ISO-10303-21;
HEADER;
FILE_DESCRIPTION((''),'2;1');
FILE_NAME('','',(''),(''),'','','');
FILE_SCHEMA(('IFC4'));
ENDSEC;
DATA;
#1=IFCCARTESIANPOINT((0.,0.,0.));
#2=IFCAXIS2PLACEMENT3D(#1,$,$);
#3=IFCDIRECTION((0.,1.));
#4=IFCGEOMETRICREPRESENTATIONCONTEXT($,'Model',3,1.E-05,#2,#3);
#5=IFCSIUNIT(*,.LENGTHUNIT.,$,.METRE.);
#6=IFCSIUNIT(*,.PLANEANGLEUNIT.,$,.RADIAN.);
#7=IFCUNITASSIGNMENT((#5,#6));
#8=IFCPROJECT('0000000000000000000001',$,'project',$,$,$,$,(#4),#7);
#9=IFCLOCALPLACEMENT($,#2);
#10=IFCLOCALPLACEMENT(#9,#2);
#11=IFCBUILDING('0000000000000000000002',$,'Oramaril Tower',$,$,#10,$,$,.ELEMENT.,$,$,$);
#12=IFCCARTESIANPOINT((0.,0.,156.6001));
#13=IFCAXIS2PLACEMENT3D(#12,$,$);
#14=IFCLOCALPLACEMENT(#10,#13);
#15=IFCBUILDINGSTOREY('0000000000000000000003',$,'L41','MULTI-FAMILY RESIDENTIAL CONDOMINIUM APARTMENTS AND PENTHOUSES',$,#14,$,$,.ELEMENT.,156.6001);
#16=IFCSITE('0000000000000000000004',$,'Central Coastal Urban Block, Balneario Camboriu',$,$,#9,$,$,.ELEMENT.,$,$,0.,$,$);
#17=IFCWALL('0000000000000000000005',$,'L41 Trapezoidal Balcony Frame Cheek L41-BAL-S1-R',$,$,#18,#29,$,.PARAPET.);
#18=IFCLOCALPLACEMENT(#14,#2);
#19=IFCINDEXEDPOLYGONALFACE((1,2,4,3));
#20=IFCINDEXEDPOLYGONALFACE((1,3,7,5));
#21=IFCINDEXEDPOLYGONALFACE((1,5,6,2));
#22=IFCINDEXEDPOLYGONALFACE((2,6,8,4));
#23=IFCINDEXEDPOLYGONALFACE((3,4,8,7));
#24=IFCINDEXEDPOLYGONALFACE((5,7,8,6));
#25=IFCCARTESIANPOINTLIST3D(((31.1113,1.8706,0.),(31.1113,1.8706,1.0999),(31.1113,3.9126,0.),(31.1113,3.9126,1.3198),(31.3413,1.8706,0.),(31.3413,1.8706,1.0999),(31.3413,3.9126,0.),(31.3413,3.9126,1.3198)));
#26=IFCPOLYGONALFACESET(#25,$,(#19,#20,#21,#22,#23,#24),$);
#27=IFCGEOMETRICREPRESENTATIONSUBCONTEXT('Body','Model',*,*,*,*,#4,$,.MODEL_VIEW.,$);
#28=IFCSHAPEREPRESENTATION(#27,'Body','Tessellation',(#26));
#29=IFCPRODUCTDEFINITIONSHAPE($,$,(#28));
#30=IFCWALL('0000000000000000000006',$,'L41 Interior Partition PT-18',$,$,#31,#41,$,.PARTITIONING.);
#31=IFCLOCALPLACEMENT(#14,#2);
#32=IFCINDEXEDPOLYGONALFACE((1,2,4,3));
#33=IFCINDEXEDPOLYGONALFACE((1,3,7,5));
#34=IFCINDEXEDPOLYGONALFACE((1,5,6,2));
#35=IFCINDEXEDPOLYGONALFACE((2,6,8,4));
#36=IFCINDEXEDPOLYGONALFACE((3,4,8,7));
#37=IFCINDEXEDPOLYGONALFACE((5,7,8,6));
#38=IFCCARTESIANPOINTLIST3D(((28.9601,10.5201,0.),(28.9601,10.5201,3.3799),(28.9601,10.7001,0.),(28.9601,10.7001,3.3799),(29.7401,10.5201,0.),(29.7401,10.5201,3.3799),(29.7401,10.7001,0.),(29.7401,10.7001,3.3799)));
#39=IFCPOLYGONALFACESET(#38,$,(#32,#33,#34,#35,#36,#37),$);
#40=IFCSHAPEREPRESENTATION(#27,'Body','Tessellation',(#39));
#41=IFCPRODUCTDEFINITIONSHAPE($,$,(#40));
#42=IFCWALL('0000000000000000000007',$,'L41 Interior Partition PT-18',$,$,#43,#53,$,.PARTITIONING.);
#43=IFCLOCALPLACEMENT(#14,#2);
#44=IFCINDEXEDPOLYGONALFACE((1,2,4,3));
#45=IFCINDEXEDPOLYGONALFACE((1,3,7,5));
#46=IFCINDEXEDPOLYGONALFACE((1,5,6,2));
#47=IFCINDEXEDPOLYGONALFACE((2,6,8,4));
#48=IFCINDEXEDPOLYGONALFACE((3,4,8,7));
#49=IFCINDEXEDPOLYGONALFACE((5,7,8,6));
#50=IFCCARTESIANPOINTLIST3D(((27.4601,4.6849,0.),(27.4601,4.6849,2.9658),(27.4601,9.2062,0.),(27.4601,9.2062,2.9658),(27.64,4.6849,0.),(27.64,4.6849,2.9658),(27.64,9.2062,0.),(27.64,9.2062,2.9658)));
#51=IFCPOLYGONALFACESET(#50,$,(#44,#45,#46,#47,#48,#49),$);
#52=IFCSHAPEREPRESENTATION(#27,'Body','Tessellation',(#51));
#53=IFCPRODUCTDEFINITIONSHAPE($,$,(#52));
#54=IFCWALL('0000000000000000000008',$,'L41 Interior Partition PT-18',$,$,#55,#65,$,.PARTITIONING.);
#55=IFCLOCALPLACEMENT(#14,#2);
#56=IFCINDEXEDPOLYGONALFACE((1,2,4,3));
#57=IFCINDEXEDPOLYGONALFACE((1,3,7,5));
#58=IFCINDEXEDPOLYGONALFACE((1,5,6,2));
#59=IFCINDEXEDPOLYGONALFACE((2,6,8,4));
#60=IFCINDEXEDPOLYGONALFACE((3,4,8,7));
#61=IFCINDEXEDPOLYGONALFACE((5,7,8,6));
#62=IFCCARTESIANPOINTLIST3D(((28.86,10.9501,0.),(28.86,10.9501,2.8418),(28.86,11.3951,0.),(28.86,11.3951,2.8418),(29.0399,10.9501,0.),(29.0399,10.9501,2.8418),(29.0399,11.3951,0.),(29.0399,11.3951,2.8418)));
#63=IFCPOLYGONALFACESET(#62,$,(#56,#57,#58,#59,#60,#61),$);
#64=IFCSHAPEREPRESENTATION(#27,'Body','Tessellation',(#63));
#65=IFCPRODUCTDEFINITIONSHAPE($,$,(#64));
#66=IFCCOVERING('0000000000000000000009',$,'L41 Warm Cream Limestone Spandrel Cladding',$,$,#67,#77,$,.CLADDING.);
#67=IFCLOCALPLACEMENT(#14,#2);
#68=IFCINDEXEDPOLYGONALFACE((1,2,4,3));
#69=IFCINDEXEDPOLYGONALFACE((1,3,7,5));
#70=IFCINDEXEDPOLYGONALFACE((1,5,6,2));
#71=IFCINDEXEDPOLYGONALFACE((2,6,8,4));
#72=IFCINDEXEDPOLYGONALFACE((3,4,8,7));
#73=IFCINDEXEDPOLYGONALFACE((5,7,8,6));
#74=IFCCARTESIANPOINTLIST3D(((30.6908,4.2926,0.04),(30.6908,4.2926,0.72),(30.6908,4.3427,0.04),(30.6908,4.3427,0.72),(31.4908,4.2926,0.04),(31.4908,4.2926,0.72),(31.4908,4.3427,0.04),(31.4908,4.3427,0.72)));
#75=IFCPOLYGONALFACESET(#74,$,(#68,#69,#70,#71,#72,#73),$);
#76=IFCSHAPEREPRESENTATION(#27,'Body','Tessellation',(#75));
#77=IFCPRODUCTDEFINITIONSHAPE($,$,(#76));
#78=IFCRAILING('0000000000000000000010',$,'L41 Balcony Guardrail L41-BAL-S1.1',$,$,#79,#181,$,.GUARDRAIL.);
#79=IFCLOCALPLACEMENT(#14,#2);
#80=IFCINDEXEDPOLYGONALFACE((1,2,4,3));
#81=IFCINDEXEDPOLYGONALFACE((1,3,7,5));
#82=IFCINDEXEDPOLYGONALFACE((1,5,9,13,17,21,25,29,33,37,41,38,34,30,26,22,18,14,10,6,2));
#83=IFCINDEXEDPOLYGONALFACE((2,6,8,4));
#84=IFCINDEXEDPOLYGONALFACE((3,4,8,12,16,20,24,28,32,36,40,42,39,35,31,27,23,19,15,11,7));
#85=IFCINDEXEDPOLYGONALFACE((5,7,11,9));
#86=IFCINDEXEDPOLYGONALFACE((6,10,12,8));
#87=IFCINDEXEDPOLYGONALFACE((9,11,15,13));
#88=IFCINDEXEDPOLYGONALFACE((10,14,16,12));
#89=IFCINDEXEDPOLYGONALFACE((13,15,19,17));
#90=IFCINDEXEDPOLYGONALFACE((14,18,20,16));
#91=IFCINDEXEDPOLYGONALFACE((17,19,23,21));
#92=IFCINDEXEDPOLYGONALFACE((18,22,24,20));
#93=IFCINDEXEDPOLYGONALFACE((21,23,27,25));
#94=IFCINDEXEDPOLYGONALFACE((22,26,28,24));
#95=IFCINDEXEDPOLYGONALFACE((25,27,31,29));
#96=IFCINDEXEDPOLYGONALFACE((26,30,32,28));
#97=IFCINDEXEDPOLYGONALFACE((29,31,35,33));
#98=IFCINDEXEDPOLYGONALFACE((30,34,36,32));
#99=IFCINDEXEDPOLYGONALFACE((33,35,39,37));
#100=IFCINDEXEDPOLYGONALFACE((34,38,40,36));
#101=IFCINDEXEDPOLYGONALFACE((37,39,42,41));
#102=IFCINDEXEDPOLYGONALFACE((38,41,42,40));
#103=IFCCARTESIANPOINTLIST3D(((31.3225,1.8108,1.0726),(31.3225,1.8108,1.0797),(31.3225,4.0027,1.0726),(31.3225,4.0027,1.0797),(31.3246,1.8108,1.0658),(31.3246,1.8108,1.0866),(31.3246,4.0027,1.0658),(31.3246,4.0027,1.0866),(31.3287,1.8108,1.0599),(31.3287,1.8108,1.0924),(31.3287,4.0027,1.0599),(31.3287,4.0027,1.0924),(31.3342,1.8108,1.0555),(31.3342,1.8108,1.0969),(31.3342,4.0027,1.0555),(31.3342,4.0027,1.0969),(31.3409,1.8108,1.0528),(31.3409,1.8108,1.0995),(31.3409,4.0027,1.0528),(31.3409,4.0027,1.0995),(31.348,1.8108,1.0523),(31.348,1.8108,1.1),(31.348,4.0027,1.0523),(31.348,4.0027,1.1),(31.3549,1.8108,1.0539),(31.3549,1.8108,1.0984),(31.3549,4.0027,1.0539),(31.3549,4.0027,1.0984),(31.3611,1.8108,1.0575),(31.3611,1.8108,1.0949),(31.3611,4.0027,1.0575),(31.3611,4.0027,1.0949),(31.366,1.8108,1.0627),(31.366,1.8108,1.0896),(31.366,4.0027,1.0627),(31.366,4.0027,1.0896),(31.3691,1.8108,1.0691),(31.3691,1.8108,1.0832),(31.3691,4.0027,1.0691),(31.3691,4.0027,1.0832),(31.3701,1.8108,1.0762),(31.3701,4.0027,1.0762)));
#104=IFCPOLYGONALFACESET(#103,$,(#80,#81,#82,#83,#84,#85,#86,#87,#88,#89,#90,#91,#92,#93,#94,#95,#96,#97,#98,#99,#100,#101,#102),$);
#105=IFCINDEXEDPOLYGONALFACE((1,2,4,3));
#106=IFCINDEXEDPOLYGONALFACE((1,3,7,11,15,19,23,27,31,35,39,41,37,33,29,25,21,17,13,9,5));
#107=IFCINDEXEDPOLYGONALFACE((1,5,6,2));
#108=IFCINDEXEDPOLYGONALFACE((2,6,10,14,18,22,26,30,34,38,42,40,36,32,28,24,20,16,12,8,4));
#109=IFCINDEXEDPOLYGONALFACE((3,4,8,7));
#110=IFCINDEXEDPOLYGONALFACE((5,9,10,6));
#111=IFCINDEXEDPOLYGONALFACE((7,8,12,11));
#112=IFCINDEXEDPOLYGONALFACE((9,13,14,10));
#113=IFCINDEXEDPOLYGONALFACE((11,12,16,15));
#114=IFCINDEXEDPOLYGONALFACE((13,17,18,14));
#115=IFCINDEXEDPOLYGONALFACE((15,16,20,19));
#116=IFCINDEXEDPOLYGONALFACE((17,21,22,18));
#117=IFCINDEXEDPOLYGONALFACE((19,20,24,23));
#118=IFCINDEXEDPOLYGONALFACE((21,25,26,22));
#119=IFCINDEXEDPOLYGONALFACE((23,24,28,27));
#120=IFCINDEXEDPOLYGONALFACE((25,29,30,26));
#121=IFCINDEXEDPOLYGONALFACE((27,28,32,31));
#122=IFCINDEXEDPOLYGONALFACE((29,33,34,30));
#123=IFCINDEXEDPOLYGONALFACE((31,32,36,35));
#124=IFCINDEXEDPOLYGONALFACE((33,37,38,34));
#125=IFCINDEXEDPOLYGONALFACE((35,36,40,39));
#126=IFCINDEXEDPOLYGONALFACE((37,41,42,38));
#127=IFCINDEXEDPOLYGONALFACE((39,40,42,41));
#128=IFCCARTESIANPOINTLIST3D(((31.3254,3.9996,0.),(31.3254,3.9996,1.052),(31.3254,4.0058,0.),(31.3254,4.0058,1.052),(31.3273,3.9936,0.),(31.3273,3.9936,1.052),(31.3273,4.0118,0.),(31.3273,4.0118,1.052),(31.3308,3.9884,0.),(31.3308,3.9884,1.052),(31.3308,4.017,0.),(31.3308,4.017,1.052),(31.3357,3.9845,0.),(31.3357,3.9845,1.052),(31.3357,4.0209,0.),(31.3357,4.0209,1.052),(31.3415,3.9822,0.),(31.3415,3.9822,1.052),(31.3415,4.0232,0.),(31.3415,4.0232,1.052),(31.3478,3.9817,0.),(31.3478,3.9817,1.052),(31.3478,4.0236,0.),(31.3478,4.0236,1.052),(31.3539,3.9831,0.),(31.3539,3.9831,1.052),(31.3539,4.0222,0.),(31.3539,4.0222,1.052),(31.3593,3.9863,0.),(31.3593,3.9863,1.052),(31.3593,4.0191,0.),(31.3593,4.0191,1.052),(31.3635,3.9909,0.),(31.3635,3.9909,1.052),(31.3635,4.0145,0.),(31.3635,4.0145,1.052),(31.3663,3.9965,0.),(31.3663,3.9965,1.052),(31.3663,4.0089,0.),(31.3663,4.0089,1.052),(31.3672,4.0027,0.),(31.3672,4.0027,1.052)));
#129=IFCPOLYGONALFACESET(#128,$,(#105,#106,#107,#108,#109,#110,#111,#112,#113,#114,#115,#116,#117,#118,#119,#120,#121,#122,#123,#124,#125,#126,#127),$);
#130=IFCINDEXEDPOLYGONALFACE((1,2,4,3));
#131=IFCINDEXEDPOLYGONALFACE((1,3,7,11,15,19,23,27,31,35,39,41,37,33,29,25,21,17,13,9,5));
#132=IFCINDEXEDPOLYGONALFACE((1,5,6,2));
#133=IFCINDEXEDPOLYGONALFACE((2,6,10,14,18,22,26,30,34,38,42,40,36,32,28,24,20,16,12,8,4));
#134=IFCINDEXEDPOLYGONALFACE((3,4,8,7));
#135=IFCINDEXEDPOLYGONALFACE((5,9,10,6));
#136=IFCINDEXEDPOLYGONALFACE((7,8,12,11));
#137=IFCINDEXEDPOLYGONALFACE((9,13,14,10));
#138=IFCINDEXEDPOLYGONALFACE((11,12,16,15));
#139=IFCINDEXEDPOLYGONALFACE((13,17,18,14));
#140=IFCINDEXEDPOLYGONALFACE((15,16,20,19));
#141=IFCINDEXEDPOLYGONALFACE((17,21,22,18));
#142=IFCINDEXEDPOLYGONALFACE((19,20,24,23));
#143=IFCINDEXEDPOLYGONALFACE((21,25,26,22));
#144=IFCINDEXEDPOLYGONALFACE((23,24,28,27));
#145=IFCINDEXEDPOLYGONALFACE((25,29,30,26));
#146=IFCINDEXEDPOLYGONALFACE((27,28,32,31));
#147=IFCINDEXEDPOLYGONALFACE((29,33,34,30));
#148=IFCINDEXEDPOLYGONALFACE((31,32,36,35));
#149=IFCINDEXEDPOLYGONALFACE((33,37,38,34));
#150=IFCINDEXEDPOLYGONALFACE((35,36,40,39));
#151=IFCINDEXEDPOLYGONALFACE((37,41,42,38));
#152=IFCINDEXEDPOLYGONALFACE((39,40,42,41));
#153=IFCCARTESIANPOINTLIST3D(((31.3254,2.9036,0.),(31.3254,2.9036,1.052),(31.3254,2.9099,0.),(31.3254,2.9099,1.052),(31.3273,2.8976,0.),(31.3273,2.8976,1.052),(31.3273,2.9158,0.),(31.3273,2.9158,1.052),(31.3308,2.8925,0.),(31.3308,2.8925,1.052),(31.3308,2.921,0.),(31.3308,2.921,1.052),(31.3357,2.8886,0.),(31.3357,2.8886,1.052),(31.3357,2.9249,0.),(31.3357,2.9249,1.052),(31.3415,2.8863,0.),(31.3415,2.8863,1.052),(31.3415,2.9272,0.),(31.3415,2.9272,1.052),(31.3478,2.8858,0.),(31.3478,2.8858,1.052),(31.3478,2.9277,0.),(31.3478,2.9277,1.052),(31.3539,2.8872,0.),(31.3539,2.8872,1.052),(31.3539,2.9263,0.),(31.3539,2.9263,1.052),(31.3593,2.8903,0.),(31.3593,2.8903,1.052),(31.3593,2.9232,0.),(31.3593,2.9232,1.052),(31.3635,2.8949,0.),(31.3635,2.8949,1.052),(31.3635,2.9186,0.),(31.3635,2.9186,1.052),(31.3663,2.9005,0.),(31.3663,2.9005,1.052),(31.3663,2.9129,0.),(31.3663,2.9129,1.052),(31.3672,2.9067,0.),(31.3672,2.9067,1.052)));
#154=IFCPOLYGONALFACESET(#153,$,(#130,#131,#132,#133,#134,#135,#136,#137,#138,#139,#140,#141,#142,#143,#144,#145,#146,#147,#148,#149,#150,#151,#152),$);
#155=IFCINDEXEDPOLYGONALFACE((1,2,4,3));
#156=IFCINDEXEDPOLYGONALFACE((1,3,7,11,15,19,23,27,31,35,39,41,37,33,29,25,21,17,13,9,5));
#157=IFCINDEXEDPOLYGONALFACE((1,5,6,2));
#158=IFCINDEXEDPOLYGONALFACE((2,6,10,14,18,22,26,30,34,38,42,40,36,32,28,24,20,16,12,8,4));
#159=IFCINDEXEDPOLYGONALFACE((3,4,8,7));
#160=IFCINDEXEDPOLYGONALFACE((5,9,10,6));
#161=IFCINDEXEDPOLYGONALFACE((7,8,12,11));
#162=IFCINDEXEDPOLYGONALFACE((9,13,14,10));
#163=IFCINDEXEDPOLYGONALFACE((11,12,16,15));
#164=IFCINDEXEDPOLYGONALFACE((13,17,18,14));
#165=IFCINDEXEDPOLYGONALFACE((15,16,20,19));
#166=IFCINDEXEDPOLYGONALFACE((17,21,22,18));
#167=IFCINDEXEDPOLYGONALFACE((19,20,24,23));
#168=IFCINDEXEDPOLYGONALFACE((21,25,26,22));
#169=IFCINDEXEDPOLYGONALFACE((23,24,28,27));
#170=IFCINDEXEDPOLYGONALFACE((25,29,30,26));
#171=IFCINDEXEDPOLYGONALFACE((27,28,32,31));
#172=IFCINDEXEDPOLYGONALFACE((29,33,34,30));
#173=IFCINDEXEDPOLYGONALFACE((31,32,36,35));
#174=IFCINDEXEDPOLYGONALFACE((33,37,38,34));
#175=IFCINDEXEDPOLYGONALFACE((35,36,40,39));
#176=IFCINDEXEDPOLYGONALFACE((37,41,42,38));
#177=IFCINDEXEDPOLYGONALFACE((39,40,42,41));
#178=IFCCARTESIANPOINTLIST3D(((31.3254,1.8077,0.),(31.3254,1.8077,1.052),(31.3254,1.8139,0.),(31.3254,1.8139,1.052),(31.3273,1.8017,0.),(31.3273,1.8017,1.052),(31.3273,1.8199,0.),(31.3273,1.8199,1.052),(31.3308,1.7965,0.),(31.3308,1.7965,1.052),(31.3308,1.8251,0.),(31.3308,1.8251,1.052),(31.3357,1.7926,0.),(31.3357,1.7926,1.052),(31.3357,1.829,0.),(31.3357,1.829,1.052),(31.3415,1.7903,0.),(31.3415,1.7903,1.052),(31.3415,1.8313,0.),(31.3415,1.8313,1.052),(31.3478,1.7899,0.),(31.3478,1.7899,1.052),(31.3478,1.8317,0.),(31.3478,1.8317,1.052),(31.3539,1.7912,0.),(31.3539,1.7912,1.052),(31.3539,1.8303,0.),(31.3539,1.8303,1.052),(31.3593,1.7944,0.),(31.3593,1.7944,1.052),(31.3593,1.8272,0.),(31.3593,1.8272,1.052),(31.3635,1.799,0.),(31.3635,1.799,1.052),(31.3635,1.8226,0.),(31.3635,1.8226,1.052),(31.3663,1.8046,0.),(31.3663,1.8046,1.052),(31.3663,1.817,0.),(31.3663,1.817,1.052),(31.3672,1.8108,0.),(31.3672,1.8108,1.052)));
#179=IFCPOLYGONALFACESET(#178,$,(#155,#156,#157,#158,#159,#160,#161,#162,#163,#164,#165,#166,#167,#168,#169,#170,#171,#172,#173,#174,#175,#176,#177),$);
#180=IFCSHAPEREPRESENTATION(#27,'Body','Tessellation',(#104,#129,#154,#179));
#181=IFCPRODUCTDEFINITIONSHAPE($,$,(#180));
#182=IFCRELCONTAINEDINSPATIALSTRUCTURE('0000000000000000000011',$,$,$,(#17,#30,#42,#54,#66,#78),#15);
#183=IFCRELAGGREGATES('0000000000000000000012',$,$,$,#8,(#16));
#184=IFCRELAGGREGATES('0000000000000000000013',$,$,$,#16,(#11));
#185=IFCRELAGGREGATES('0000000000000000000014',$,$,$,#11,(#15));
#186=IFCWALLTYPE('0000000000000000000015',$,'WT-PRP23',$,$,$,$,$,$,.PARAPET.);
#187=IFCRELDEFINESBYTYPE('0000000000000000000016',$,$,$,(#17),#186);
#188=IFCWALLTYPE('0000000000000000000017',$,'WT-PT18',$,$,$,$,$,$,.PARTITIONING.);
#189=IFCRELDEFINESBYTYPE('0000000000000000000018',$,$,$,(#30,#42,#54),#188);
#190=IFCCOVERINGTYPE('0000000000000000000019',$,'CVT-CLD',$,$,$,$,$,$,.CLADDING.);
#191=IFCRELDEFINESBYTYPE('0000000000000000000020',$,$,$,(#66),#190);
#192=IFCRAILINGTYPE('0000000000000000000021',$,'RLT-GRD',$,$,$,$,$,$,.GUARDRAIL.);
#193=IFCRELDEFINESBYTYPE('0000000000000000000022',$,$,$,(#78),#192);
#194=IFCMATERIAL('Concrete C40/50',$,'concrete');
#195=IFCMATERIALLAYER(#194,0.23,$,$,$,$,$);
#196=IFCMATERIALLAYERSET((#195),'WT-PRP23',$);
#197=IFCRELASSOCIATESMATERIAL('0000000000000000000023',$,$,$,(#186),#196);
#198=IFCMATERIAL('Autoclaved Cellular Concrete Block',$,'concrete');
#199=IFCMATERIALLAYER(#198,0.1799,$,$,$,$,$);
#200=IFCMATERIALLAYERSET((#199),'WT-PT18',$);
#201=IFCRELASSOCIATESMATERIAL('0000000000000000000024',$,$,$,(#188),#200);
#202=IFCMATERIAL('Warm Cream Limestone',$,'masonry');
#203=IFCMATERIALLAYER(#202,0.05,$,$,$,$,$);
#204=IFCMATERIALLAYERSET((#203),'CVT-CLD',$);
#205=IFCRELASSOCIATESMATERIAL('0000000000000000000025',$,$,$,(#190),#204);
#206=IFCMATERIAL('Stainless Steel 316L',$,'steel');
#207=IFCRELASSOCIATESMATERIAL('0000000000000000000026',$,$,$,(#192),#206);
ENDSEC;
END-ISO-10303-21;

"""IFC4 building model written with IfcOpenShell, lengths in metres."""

from ifc_helpers import new_model, si_unit, direction, frame, frame_2d, origin, origin_2d, place, context, subcontext, project, spatial, polyline, rectangle, circle, outline, extrude, material, layer, layer_set, type_object, element, save


model = new_model("IFC4")

# Units and contexts
model_context = context("Model", 3, precision=1e-05, world=origin(), true_north=direction((0.0, 1.0)))
body_context = subcontext(model_context, "Body", "Model", "MODEL_VIEW")
ifc_project = project(units=[si_unit("LENGTHUNIT", "METRE"), si_unit("PLANEANGLEUNIT", "RADIAN")], contexts=[model_context])

# Site, building, storey
site_placement = place(None, origin())
site = spatial("IfcSite", under=ifc_project, at=site_placement, Name="Central Coastal Urban Block, Balneario Camboriu", CompositionType="ELEMENT", RefElevation=0.0)
building_placement = place(site_placement, origin())
building = spatial("IfcBuilding", under=site, at=building_placement, Name="Oramaril Tower", CompositionType="ELEMENT")
storey_placement = place(building_placement, frame((0.0, 0.0, 156.6001)))
storey = spatial("IfcBuildingStorey", under=building, at=storey_placement, Name="L41", Description="MULTI-FAMILY RESIDENTIAL CONDOMINIUM APARTMENTS AND PENTHOUSES", CompositionType="ELEMENT", Elevation=156.6001)

# Walls
ifc_material_1 = material(Name="Concrete C40/50", Category="concrete")
ifc_layer_1 = layer(ifc_material_1, 0.23)
ifc_layer_set_1 = layer_set([ifc_layer_1], Name="WT-PRP23")
wall_type_1 = type_object("IfcWallType", Name="WT-PRP23", PredefinedType="PARAPET", material=ifc_layer_set_1)
wall_1_placement = place(storey_placement, frame((31.2263, 3.9126, 0.0), z_axis=(0.0, 0.0, 1.0), x_axis=(0.0, -1.0, 0.0)))
element("IfcWall", 1, at=wall_1_placement, inside=storey, type_object=wall_type_1, Name="L41 Trapezoidal Balcony Frame Cheek L41-BAL-S1-R", PredefinedType="PARAPET", context=body_context, shape_type="SweptSolid", body=[
    extrude(outline(polyline([(0.0, 0.0), (2.042, 0.0), (2.042, 1.0999), (0.0, 1.3198), (0.0, 0.0)])), frame((0.0, 0.115, 0.0), z_axis=(0.0, -1.0, 0.0), x_axis=(1.0, 0.0, 0.0)), (0.0, 0.0, 1.0), 0.23),
])
ifc_material_2 = material(Name="Autoclaved Cellular Concrete Block", Category="concrete")
ifc_layer_2 = layer(ifc_material_2, 0.1799)
ifc_layer_set_2 = layer_set([ifc_layer_2], Name="WT-PT18")
wall_type_2 = type_object("IfcWallType", Name="WT-PT18", PredefinedType="PARTITIONING", material=ifc_layer_set_2)
wall_2_placement = place(storey_placement, frame((28.96, 10.6101, 0.0), z_axis=(0.0, 0.0, 1.0), x_axis=(1.0, 0.0, 0.0)))
element("IfcWall", 2, at=wall_2_placement, inside=storey, type_object=wall_type_2, Name="L41 Interior Partition PT-18", PredefinedType="PARTITIONING", context=body_context, shape_type="SweptSolid", body=[
    extrude(rectangle(XDim=0.78, YDim=0.1799, at=frame_2d((0.3901, 0.0))), origin(), (0.0, 0.0, 1.0), 3.3799),
])
wall_3_placement = place(storey_placement, frame((27.55, 4.6848, 0.0), z_axis=(0.0, 0.0, 1.0), x_axis=(0.0, 1.0, 0.0)))
element("IfcWall", 3, at=wall_3_placement, inside=storey, type_object=wall_type_2, Name="L41 Interior Partition PT-18", PredefinedType="PARTITIONING", context=body_context, shape_type="SweptSolid", body=[
    extrude(rectangle(XDim=4.5212, YDim=0.1799, at=frame_2d((2.2607, 0.0))), origin(), (0.0, 0.0, 1.0), 2.9658),
])
wall_4_placement = place(storey_placement, frame((28.95, 10.95, 0.0), z_axis=(0.0, 0.0, 1.0), x_axis=(0.0, 1.0, 0.0)))
element("IfcWall", 4, at=wall_4_placement, inside=storey, type_object=wall_type_2, Name="L41 Interior Partition PT-18", PredefinedType="PARTITIONING", context=body_context, shape_type="SweptSolid", body=[
    extrude(rectangle(XDim=0.4451, YDim=0.1799, at=frame_2d((0.2227, 0.0))), origin(), (0.0, 0.0, 1.0), 2.8418),
])

# Covering
ifc_material_3 = material(Name="Warm Cream Limestone", Category="masonry")
ifc_layer_3 = layer(ifc_material_3, 0.05)
ifc_layer_set_3 = layer_set([ifc_layer_3], Name="CVT-CLD")
covering_type = type_object("IfcCoveringType", Name="CVT-CLD", PredefinedType="CLADDING", material=ifc_layer_set_3)
covering_placement = place(storey_placement, frame((31.0908, 4.3176, 0.04), z_axis=(0.0, 0.0, 1.0), x_axis=(1.0, 0.0, 0.0)))
element("IfcCovering", 5, at=covering_placement, inside=storey, type_object=covering_type, Name="L41 Warm Cream Limestone Spandrel Cladding", PredefinedType="CLADDING", context=body_context, shape_type="SweptSolid", body=[
    extrude(rectangle(XDim=0.8, YDim=0.05, at=origin_2d()), origin(), (0.0, 0.0, 1.0), 0.6799),
])

# Railing
ifc_material_4 = material(Name="Stainless Steel 316L", Category="steel")
railing_type = type_object("IfcRailingType", Name="RLT-GRD", PredefinedType="GUARDRAIL", material=ifc_material_4)
railing_1_placement = place(storey_placement, frame((31.3462, 4.0027, 0.0)))
element("IfcRailing", 6, at=railing_1_placement, inside=storey, type_object=railing_type, Name="L41 Balcony Guardrail L41-BAL-S1.1", PredefinedType="GUARDRAIL", context=body_context, shape_type="SweptSolid", body=[
    extrude(circle(Radius=0.0239, at=origin_2d()), frame((0.0, 0.0, 1.0762), z_axis=(0.0, -1.0, 0.0), x_axis=(1.0, 0.0, 0.0)), (0.0, 0.0, 1.0), 2.1919),
    extrude(circle(Radius=0.021, at=origin_2d()), origin(), (0.0, 0.0, 1.0), 1.052),
    extrude(circle(Radius=0.021, at=origin_2d()), frame((0.0, -1.0959, 0.0)), (0.0, 0.0, 1.0), 1.052),
    extrude(circle(Radius=0.021, at=origin_2d()), frame((0.0, -2.1919, 0.0)), (0.0, 0.0, 1.0), 1.052),
])

save(model, "model.ifc")
